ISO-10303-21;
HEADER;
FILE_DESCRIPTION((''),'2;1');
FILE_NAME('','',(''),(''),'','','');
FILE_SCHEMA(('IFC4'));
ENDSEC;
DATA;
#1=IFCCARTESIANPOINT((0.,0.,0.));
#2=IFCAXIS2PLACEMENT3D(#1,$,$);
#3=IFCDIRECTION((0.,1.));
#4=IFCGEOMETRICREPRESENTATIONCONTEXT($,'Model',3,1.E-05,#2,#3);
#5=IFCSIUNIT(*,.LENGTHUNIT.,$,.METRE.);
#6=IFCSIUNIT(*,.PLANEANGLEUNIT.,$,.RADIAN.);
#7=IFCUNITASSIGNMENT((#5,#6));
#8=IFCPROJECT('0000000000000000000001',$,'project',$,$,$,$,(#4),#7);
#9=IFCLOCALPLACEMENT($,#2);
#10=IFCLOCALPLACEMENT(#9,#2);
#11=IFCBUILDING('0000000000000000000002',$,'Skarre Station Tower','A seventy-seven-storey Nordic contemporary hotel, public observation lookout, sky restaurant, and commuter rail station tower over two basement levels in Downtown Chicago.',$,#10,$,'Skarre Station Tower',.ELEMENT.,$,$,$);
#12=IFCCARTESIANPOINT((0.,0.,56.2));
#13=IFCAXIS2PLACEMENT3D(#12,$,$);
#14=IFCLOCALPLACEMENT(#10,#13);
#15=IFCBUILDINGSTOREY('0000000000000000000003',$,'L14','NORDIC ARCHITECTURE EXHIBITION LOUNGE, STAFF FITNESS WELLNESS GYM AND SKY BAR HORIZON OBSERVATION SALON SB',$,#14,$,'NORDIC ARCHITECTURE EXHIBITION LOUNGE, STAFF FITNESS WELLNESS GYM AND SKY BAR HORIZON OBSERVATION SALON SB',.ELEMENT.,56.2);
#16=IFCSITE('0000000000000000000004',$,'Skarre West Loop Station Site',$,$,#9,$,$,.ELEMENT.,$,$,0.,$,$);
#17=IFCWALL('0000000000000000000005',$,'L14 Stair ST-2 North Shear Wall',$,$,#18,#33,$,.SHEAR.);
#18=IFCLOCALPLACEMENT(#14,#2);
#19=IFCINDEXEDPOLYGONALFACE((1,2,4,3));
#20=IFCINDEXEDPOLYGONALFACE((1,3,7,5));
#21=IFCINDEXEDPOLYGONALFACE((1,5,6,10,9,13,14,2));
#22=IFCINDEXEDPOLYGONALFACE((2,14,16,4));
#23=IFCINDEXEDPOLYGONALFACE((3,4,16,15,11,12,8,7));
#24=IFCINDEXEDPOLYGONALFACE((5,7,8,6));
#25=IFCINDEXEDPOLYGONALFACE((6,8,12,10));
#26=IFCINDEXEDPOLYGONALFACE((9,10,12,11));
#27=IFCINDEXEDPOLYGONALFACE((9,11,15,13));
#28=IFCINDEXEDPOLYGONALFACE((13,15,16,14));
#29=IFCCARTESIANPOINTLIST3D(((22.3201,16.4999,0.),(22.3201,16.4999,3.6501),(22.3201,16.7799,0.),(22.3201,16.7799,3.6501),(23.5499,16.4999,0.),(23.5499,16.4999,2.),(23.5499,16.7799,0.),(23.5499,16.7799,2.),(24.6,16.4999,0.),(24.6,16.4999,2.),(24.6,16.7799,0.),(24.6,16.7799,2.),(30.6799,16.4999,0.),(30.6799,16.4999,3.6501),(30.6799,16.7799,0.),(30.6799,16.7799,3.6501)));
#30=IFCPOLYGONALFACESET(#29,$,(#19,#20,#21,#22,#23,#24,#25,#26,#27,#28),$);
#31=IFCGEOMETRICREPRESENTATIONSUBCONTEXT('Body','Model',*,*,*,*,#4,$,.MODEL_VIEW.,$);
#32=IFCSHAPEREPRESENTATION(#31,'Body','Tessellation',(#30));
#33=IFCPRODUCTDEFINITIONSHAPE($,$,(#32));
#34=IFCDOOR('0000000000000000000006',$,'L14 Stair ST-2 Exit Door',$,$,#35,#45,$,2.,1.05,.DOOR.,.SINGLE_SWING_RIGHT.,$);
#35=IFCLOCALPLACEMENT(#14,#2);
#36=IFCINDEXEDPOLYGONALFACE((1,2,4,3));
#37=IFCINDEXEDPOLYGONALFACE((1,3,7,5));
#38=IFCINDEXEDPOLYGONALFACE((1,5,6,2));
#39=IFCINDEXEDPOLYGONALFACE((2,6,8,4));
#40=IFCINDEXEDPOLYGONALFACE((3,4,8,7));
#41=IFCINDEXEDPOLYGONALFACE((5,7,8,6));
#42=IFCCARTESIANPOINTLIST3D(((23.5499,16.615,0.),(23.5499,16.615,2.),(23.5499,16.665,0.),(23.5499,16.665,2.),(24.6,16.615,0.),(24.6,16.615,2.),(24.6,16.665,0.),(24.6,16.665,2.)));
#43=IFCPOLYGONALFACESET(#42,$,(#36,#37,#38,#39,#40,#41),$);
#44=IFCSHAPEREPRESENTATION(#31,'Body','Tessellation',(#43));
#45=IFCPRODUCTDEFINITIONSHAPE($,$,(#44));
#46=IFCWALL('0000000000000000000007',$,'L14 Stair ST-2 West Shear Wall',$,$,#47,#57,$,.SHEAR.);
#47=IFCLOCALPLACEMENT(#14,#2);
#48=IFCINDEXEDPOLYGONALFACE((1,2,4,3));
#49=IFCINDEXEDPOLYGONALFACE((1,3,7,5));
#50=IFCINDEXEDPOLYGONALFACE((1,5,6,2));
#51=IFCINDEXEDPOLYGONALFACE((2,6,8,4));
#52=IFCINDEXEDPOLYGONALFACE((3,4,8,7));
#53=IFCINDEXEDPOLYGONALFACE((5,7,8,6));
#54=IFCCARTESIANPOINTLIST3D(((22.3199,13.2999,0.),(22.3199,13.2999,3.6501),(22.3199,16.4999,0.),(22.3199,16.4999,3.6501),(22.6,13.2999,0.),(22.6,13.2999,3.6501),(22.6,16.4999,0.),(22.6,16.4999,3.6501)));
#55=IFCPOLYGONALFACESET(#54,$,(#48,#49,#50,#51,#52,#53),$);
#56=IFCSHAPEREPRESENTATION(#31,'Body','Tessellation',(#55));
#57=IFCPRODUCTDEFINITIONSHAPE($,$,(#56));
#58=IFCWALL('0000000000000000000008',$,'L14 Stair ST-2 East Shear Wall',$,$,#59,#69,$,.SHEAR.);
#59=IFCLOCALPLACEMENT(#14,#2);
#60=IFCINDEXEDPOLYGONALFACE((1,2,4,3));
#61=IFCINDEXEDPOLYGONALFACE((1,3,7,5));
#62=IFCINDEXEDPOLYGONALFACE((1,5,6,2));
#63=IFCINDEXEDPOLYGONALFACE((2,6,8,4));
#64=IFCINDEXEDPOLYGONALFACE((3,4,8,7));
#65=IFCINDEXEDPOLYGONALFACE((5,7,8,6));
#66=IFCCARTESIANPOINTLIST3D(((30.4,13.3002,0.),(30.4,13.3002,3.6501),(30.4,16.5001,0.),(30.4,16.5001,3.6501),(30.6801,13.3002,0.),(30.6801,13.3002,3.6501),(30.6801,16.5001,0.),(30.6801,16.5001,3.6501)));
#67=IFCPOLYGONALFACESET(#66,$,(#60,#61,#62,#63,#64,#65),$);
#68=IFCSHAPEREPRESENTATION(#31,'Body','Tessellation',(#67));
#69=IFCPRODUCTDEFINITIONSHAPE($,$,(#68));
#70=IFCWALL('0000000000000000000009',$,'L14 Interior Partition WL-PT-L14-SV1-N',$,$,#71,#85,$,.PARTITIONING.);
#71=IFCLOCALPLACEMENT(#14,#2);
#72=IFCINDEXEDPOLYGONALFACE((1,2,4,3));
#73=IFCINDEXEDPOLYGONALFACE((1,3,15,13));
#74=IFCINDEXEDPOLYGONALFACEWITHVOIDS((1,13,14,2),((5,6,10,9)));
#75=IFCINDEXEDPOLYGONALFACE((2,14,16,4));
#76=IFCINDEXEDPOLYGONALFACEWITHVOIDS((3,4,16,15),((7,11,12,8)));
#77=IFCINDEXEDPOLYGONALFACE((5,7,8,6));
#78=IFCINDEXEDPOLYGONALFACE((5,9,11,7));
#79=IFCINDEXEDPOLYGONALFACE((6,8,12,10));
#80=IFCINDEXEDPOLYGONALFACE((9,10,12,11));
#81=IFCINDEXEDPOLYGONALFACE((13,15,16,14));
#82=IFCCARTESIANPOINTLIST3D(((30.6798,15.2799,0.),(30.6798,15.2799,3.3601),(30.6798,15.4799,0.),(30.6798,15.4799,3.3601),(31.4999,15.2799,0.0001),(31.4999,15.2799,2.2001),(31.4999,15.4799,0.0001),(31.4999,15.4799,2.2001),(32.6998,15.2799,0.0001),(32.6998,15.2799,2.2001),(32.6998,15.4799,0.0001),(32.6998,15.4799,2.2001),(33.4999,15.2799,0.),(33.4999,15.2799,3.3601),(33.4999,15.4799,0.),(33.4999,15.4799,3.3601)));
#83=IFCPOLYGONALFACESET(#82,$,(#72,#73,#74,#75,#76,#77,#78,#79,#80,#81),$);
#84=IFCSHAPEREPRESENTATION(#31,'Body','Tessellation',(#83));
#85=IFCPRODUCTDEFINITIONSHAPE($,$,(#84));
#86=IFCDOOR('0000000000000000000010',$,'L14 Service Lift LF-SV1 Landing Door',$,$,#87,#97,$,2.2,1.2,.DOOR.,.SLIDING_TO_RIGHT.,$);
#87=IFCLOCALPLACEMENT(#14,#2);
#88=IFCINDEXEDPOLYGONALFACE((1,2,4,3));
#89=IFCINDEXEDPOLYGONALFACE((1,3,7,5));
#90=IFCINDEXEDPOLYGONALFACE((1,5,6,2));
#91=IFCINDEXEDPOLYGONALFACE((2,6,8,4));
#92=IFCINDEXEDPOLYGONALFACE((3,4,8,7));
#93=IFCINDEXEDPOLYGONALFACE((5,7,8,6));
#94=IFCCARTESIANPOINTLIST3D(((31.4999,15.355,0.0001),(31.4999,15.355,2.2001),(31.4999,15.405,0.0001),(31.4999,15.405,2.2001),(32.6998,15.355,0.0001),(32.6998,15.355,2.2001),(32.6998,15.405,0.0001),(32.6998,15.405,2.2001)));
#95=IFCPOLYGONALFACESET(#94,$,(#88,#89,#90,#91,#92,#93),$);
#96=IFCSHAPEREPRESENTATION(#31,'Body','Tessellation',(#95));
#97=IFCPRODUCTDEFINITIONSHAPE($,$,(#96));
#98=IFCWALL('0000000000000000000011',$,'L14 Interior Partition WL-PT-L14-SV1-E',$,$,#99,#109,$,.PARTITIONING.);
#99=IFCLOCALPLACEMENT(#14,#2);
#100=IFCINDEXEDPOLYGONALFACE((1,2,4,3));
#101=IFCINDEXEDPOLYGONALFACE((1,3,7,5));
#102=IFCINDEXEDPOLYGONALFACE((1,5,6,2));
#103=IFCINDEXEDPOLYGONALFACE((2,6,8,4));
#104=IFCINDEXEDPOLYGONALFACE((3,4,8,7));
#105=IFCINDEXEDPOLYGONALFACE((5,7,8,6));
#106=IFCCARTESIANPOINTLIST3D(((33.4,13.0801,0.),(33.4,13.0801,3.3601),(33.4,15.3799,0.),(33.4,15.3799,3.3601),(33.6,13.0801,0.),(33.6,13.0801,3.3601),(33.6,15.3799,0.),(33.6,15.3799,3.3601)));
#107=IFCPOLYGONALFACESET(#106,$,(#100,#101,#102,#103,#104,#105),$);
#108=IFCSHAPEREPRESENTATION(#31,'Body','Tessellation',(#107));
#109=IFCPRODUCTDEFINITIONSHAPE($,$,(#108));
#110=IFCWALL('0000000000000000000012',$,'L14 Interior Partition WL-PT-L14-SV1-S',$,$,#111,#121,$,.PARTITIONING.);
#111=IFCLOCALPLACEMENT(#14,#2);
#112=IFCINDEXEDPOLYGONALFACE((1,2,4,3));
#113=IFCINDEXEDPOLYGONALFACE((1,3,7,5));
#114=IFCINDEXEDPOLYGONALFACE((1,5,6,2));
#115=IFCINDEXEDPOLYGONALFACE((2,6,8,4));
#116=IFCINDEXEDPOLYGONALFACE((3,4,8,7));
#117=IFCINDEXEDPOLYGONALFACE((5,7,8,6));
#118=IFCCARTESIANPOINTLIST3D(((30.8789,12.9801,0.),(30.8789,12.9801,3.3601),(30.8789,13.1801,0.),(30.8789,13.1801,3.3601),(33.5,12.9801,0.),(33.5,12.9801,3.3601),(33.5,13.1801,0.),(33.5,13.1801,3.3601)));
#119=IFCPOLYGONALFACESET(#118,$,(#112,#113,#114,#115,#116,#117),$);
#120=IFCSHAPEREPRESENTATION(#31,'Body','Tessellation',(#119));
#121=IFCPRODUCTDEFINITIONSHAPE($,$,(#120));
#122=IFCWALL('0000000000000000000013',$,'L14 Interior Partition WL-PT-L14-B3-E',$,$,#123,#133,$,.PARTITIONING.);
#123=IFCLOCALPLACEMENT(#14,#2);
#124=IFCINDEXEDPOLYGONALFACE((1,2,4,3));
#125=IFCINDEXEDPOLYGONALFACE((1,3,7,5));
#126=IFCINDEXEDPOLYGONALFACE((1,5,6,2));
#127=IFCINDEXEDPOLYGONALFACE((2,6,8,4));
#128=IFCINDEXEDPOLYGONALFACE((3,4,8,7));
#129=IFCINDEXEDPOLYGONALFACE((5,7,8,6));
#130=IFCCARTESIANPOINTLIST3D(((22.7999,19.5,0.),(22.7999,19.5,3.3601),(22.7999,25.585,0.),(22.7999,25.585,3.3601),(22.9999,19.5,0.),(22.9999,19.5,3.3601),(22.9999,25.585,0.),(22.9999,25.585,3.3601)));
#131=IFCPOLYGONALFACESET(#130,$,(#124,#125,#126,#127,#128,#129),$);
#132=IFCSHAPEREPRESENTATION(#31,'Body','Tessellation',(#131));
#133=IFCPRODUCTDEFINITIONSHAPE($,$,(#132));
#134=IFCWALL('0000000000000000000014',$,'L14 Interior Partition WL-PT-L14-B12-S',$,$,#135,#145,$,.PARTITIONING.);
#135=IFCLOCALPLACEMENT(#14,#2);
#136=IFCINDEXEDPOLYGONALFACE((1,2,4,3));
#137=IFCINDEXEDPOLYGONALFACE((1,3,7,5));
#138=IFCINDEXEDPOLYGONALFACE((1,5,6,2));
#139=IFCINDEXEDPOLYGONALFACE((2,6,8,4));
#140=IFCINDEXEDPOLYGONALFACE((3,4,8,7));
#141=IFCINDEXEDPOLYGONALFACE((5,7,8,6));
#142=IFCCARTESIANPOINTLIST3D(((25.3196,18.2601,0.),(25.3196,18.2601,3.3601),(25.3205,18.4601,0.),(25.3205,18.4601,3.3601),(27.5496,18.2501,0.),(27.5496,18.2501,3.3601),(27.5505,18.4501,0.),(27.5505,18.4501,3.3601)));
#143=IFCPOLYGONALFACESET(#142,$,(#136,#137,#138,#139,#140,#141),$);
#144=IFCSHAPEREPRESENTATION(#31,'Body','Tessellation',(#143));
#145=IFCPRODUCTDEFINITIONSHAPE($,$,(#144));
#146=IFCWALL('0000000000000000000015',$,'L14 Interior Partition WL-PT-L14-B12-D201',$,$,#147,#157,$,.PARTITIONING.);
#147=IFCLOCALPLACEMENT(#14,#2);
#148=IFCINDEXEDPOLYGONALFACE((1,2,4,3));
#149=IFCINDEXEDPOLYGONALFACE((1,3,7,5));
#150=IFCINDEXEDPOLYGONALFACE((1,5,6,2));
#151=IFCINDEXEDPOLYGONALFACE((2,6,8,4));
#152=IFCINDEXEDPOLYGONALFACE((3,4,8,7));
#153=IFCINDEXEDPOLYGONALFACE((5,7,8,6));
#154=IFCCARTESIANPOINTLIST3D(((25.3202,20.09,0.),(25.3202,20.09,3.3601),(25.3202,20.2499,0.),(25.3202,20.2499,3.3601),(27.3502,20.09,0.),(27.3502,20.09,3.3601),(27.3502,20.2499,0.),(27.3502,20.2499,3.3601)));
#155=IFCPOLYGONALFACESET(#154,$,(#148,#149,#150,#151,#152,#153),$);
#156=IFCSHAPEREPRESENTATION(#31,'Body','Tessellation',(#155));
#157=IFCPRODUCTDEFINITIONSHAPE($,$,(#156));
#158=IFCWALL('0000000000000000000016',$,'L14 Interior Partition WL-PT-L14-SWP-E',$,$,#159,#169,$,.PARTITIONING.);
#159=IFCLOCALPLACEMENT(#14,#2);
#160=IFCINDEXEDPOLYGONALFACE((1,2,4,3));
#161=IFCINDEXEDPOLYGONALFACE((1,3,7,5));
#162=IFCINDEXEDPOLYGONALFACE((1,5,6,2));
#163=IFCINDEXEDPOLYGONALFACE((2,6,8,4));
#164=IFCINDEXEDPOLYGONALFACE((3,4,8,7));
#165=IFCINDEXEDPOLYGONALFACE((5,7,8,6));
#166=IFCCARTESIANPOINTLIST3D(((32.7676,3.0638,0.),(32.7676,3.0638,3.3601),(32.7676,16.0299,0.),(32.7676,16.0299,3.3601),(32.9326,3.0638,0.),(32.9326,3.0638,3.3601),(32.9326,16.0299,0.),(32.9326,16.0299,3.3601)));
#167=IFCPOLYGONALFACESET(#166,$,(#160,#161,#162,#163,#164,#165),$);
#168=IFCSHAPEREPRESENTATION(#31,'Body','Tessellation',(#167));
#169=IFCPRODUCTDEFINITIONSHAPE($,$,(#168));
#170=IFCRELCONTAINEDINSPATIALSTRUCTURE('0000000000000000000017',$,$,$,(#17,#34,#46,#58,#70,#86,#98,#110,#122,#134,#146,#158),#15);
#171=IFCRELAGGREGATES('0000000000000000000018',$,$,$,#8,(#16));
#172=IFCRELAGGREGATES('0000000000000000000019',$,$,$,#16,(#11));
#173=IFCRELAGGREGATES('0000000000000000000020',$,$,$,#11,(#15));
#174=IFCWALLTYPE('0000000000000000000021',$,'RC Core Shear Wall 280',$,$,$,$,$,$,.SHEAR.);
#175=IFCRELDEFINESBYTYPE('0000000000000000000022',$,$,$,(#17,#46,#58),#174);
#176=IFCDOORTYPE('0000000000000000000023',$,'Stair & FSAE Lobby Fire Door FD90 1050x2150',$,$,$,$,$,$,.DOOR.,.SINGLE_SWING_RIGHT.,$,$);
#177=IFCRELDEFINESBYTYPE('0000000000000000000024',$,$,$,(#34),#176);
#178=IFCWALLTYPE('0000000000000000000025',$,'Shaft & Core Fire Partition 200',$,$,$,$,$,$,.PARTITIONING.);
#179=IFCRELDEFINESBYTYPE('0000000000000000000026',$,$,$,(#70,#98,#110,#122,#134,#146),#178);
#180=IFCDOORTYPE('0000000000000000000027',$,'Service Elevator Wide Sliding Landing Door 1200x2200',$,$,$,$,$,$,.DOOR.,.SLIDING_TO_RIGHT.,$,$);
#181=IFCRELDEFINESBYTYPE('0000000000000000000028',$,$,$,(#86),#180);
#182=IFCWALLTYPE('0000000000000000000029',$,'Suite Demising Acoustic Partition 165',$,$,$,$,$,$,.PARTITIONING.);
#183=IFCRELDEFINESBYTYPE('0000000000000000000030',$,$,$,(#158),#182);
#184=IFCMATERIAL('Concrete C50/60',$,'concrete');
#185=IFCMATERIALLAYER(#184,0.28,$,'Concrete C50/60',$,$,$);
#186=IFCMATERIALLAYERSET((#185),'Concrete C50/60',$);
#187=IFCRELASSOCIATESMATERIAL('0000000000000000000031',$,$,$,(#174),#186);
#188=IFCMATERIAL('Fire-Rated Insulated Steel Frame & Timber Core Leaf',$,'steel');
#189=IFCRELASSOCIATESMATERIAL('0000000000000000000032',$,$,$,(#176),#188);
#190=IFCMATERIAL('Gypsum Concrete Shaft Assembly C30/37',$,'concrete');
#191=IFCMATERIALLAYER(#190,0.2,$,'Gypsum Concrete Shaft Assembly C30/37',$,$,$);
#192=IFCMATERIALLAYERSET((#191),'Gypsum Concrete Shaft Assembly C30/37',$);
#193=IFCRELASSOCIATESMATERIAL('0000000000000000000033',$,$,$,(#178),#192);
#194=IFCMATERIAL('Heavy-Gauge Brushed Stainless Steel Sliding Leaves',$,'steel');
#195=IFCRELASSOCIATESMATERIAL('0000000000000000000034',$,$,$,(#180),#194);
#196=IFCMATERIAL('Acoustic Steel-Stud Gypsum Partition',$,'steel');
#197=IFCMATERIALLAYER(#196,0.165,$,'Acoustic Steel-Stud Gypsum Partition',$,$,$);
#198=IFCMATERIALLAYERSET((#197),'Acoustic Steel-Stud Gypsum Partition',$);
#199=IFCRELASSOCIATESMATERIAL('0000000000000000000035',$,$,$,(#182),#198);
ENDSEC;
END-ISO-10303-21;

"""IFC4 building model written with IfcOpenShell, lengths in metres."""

from ifc_helpers import new_model, si_unit, direction, frame, frame_2d, origin, place, context, subcontext, project, spatial, rectangle, extrude, material, layer, layer_set, type_object, element, fill, save


model = new_model("IFC4")

# Units and contexts
model_context = context("Model", 3, precision=1e-05, world=origin(), true_north=direction((0.0, 1.0)))
body_context = subcontext(model_context, "Body", "Model", "MODEL_VIEW")
ifc_project = project(units=[si_unit("LENGTHUNIT", "METRE"), si_unit("PLANEANGLEUNIT", "RADIAN")], contexts=[model_context])

# Site, building, storey
site_placement = place(None, origin())
site = spatial("IfcSite", under=ifc_project, at=site_placement, Name="Skarre West Loop Station Site", CompositionType="ELEMENT", RefElevation=0.0)
building_placement = place(site_placement, origin())
building = spatial("IfcBuilding", under=site, at=building_placement, Name="Skarre Station Tower", Description="A seventy-seven-storey Nordic contemporary hotel, public observation lookout, sky restaurant, and commuter rail station tower over two basement levels in Downtown Chicago.", LongName="Skarre Station Tower", CompositionType="ELEMENT")
storey_placement = place(building_placement, frame((0.0, 0.0, 56.2)))
storey = spatial("IfcBuildingStorey", under=building, at=storey_placement, Name="L14", Description="NORDIC ARCHITECTURE EXHIBITION LOUNGE, STAFF FITNESS WELLNESS GYM AND SKY BAR HORIZON OBSERVATION SALON SB", LongName="NORDIC ARCHITECTURE EXHIBITION LOUNGE, STAFF FITNESS WELLNESS GYM AND SKY BAR HORIZON OBSERVATION SALON SB", CompositionType="ELEMENT", Elevation=56.2)

# Shared definitions
ifc_material_1 = material(Name="Acoustic Steel-Stud Gypsum Partition", Category="steel")

# Shared definitions
ifc_material_2 = material(Name="Concrete C50/60", Category="concrete")
ifc_layer_1 = layer(ifc_material_2, 0.28, Name="Concrete C50/60")
ifc_layer_set_1 = layer_set([ifc_layer_1], Name="Concrete C50/60")
wall_type_1 = type_object("IfcWallType", Name="RC Core Shear Wall 280", PredefinedType="SHEAR", material=ifc_layer_set_1)

# Wall, opening, door
wall_1_placement = place(storey_placement, frame((30.6799, 16.6399, 0.0), z_axis=(0.0, 0.0, 1.0), x_axis=(-1.0, 0.0, 0.0)))
wall_1 = element("IfcWall", 1, at=wall_1_placement, inside=storey, type_object=wall_type_1, Name="L14 Stair ST-2 North Shear Wall", PredefinedType="SHEAR", context=body_context, shape_type="SweptSolid", body=[
    extrude(rectangle(XDim=8.3599, YDim=0.28, at=frame_2d((4.1799, 0.0))), origin(), (0.0, 0.0, 1.0), 3.6501),
])
opening_1_placement = place(wall_1_placement, frame((6.0801, 0.0, 0.0)))
opening_1 = element("IfcOpeningElement", 2, at=opening_1_placement, cuts=wall_1, PredefinedType="OPENING", context=body_context, shape_type="SweptSolid", body=[
    extrude(rectangle(XDim=1.05, YDim=2.0, at=frame_2d((0.5249, 1.0))), frame((0.0, 0.1499, 0.0), z_axis=(0.0, -1.0, 0.0), x_axis=(1.0, 0.0, 0.0)), (0.0, 0.0, 1.0), 0.3),
])
ifc_material_3 = material(Name="Fire-Rated Insulated Steel Frame & Timber Core Leaf", Category="steel")
door_type_1 = type_object("IfcDoorType", Name="Stair & FSAE Lobby Fire Door FD90 1050x2150", OperationType="SINGLE_SWING_RIGHT", PredefinedType="DOOR", material=ifc_material_3)
door_1_placement = place(opening_1_placement, origin())
door_1 = element("IfcDoor", 3, at=door_1_placement, inside=storey, type_object=door_type_1, Name="L14 Stair ST-2 Exit Door", OperationType="SINGLE_SWING_RIGHT", OverallHeight=2.0, OverallWidth=1.05, PredefinedType="DOOR", context=body_context, shape_type="SweptSolid", body=[
    extrude(rectangle(XDim=1.05, YDim=2.0, at=frame_2d((0.5249, 1.0))), frame((0.0, 0.0249, 0.0), z_axis=(0.0, -1.0, 0.0), x_axis=(1.0, 0.0, 0.0)), (0.0, 0.0, 1.0), 0.05),
])
fill(opening_1, door_1)

# Walls
for number, where, z_axis, x_axis, name in (
    (4, (22.46, 16.5, 0.0), (0.0, 0.0, 1.0), (0.0, -1.0, 0.0), "L14 Stair ST-2 West Shear Wall"),
    (5, (30.54, 13.3, 0.0), (0.0, 0.0, 1.0), (0.0, 1.0, 0.0), "L14 Stair ST-2 East Shear Wall"),
):
    element("IfcWall", number, at=place(storey_placement, frame(where, z_axis=z_axis, x_axis=x_axis)), inside=storey, type_object=wall_type_1, Name=name, PredefinedType="SHEAR", context=body_context, shape_type="SweptSolid", body=[
        extrude(rectangle(XDim=3.2, YDim=0.28, at=frame_2d((1.6001, 0.0))), origin(), (0.0, 0.0, 1.0), 3.6501),
    ])

# Wall, opening, door
ifc_material_4 = material(Name="Gypsum Concrete Shaft Assembly C30/37", Category="concrete")
ifc_layer_2 = layer(ifc_material_4, 0.2, Name="Gypsum Concrete Shaft Assembly C30/37")
ifc_layer_set_2 = layer_set([ifc_layer_2], Name="Gypsum Concrete Shaft Assembly C30/37")
wall_type_2 = type_object("IfcWallType", Name="Shaft & Core Fire Partition 200", PredefinedType="PARTITIONING", material=ifc_layer_set_2)
wall_2_placement = place(storey_placement, frame((33.5, 15.3799, 0.0), z_axis=(0.0, 0.0, 1.0), x_axis=(-1.0, 0.0, 0.0)))
wall_2 = element("IfcWall", 6, at=wall_2_placement, inside=storey, type_object=wall_type_2, Name="L14 Interior Partition WL-PT-L14-SV1-N", PredefinedType="PARTITIONING", context=body_context, shape_type="SweptSolid", body=[
    extrude(rectangle(XDim=2.8201, YDim=0.2, at=frame_2d((1.4102, 0.0))), origin(), (0.0, 0.0, 1.0), 3.3601),
])
opening_2_placement = place(wall_2_placement, frame((0.8, 0.0, 0.0)))
opening_2 = element("IfcOpeningElement", 7, at=opening_2_placement, cuts=wall_2, PredefinedType="OPENING", context=body_context, shape_type="SweptSolid", body=[
    extrude(rectangle(XDim=1.2, YDim=2.2, at=frame_2d((0.6001, 1.1001))), frame((0.0, 0.1099, 0.0), z_axis=(0.0, -1.0, 0.0), x_axis=(1.0, 0.0, 0.0)), (0.0, 0.0, 1.0), 0.22),
])
ifc_material_5 = material(Name="Heavy-Gauge Brushed Stainless Steel Sliding Leaves", Category="steel")
door_type_2 = type_object("IfcDoorType", Name="Service Elevator Wide Sliding Landing Door 1200x2200", OperationType="SLIDING_TO_RIGHT", PredefinedType="DOOR", material=ifc_material_5)
door_2_placement = place(opening_2_placement, origin())
door_2 = element("IfcDoor", 8, at=door_2_placement, inside=storey, type_object=door_type_2, Name="L14 Service Lift LF-SV1 Landing Door", OperationType="SLIDING_TO_RIGHT", OverallHeight=2.2, OverallWidth=1.2, PredefinedType="DOOR", context=body_context, shape_type="SweptSolid", body=[
    extrude(rectangle(XDim=1.2, YDim=2.2, at=frame_2d((0.6001, 1.1001))), frame((0.0, 0.0249, 0.0), z_axis=(0.0, -1.0, 0.0), x_axis=(1.0, 0.0, 0.0)), (0.0, 0.0, 1.0), 0.05),
])
fill(opening_2, door_2)

# Walls
wall_3_placement = place(storey_placement, frame((33.5, 13.0801, 0.0), z_axis=(0.0, 0.0, 1.0), x_axis=(0.0, 1.0, 0.0)))
element("IfcWall", 9, at=wall_3_placement, inside=storey, type_object=wall_type_2, Name="L14 Interior Partition WL-PT-L14-SV1-E", PredefinedType="PARTITIONING", context=body_context, shape_type="SweptSolid", body=[
    extrude(rectangle(XDim=2.2998, YDim=0.2, at=frame_2d((1.1499, 0.0))), origin(), (0.0, 0.0, 1.0), 3.3601),
])
wall_4_placement = place(storey_placement, frame((30.8789, 13.0801, 0.0), z_axis=(0.0, 0.0, 1.0), x_axis=(1.0, 0.0, 0.0)))
element("IfcWall", 10, at=wall_4_placement, inside=storey, type_object=wall_type_2, Name="L14 Interior Partition WL-PT-L14-SV1-S", PredefinedType="PARTITIONING", context=body_context, shape_type="SweptSolid", body=[
    extrude(rectangle(XDim=2.6211, YDim=0.2, at=frame_2d((1.3105, 0.0))), origin(), (0.0, 0.0, 1.0), 3.3601),
])
wall_5_placement = place(storey_placement, frame((22.8999, 19.5, 0.0), z_axis=(0.0, 0.0, 1.0), x_axis=(0.0, 1.0, 0.0)))
element("IfcWall", 11, at=wall_5_placement, inside=storey, type_object=wall_type_2, Name="L14 Interior Partition WL-PT-L14-B3-E", PredefinedType="PARTITIONING", context=body_context, shape_type="SweptSolid", body=[
    extrude(rectangle(XDim=6.085, YDim=0.2, at=frame_2d((3.0425, 0.0))), origin(), (0.0, 0.0, 1.0), 3.3601),
])
wall_6_placement = place(storey_placement, frame((25.3201, 18.3601, 0.0), z_axis=(0.0, 0.0, 1.0), x_axis=(0.99999, -0.004489, 0.0)))
element("IfcWall", 12, at=wall_6_placement, inside=storey, type_object=wall_type_2, Name="L14 Interior Partition WL-PT-L14-B12-S", PredefinedType="PARTITIONING", context=body_context, shape_type="SweptSolid", body=[
    extrude(rectangle(XDim=2.23, YDim=0.2, at=frame_2d((1.115, 0.0))), origin(), (0.0, 0.0, 1.0), 3.3601),
])
wall_7_placement = place(storey_placement, frame((25.3201, 20.1699, 0.0), z_axis=(0.0, 0.0, 1.0), x_axis=(1.0, 0.0, 0.0)))
element("IfcWall", 13, at=wall_7_placement, inside=storey, type_object=wall_type_2, Name="L14 Interior Partition WL-PT-L14-B12-D201", PredefinedType="PARTITIONING", context=body_context, shape_type="SweptSolid", body=[
    extrude(rectangle(XDim=2.03, YDim=0.1599, at=frame_2d((1.0151, 0.0))), origin(), (0.0, 0.0, 1.0), 3.3601),
])
ifc_layer_3 = layer(ifc_material_1, 0.165, Name="Acoustic Steel-Stud Gypsum Partition")
ifc_layer_set_3 = layer_set([ifc_layer_3], Name="Acoustic Steel-Stud Gypsum Partition")
wall_type_3 = type_object("IfcWallType", Name="Suite Demising Acoustic Partition 165", PredefinedType="PARTITIONING", material=ifc_layer_set_3)
wall_8_placement = place(storey_placement, frame((32.8501, 3.064, 0.0), z_axis=(0.0, 0.0, 1.0), x_axis=(0.0, 1.0, 0.0)))
element("IfcWall", 14, at=wall_8_placement, inside=storey, type_object=wall_type_3, Name="L14 Interior Partition WL-PT-L14-SWP-E", PredefinedType="PARTITIONING", context=body_context, shape_type="SweptSolid", body=[
    extrude(rectangle(XDim=12.9661, YDim=0.165, at=frame_2d((6.4829, 0.0))), origin(), (0.0, 0.0, 1.0), 3.3601),
])

save(model, "model.ifc")
